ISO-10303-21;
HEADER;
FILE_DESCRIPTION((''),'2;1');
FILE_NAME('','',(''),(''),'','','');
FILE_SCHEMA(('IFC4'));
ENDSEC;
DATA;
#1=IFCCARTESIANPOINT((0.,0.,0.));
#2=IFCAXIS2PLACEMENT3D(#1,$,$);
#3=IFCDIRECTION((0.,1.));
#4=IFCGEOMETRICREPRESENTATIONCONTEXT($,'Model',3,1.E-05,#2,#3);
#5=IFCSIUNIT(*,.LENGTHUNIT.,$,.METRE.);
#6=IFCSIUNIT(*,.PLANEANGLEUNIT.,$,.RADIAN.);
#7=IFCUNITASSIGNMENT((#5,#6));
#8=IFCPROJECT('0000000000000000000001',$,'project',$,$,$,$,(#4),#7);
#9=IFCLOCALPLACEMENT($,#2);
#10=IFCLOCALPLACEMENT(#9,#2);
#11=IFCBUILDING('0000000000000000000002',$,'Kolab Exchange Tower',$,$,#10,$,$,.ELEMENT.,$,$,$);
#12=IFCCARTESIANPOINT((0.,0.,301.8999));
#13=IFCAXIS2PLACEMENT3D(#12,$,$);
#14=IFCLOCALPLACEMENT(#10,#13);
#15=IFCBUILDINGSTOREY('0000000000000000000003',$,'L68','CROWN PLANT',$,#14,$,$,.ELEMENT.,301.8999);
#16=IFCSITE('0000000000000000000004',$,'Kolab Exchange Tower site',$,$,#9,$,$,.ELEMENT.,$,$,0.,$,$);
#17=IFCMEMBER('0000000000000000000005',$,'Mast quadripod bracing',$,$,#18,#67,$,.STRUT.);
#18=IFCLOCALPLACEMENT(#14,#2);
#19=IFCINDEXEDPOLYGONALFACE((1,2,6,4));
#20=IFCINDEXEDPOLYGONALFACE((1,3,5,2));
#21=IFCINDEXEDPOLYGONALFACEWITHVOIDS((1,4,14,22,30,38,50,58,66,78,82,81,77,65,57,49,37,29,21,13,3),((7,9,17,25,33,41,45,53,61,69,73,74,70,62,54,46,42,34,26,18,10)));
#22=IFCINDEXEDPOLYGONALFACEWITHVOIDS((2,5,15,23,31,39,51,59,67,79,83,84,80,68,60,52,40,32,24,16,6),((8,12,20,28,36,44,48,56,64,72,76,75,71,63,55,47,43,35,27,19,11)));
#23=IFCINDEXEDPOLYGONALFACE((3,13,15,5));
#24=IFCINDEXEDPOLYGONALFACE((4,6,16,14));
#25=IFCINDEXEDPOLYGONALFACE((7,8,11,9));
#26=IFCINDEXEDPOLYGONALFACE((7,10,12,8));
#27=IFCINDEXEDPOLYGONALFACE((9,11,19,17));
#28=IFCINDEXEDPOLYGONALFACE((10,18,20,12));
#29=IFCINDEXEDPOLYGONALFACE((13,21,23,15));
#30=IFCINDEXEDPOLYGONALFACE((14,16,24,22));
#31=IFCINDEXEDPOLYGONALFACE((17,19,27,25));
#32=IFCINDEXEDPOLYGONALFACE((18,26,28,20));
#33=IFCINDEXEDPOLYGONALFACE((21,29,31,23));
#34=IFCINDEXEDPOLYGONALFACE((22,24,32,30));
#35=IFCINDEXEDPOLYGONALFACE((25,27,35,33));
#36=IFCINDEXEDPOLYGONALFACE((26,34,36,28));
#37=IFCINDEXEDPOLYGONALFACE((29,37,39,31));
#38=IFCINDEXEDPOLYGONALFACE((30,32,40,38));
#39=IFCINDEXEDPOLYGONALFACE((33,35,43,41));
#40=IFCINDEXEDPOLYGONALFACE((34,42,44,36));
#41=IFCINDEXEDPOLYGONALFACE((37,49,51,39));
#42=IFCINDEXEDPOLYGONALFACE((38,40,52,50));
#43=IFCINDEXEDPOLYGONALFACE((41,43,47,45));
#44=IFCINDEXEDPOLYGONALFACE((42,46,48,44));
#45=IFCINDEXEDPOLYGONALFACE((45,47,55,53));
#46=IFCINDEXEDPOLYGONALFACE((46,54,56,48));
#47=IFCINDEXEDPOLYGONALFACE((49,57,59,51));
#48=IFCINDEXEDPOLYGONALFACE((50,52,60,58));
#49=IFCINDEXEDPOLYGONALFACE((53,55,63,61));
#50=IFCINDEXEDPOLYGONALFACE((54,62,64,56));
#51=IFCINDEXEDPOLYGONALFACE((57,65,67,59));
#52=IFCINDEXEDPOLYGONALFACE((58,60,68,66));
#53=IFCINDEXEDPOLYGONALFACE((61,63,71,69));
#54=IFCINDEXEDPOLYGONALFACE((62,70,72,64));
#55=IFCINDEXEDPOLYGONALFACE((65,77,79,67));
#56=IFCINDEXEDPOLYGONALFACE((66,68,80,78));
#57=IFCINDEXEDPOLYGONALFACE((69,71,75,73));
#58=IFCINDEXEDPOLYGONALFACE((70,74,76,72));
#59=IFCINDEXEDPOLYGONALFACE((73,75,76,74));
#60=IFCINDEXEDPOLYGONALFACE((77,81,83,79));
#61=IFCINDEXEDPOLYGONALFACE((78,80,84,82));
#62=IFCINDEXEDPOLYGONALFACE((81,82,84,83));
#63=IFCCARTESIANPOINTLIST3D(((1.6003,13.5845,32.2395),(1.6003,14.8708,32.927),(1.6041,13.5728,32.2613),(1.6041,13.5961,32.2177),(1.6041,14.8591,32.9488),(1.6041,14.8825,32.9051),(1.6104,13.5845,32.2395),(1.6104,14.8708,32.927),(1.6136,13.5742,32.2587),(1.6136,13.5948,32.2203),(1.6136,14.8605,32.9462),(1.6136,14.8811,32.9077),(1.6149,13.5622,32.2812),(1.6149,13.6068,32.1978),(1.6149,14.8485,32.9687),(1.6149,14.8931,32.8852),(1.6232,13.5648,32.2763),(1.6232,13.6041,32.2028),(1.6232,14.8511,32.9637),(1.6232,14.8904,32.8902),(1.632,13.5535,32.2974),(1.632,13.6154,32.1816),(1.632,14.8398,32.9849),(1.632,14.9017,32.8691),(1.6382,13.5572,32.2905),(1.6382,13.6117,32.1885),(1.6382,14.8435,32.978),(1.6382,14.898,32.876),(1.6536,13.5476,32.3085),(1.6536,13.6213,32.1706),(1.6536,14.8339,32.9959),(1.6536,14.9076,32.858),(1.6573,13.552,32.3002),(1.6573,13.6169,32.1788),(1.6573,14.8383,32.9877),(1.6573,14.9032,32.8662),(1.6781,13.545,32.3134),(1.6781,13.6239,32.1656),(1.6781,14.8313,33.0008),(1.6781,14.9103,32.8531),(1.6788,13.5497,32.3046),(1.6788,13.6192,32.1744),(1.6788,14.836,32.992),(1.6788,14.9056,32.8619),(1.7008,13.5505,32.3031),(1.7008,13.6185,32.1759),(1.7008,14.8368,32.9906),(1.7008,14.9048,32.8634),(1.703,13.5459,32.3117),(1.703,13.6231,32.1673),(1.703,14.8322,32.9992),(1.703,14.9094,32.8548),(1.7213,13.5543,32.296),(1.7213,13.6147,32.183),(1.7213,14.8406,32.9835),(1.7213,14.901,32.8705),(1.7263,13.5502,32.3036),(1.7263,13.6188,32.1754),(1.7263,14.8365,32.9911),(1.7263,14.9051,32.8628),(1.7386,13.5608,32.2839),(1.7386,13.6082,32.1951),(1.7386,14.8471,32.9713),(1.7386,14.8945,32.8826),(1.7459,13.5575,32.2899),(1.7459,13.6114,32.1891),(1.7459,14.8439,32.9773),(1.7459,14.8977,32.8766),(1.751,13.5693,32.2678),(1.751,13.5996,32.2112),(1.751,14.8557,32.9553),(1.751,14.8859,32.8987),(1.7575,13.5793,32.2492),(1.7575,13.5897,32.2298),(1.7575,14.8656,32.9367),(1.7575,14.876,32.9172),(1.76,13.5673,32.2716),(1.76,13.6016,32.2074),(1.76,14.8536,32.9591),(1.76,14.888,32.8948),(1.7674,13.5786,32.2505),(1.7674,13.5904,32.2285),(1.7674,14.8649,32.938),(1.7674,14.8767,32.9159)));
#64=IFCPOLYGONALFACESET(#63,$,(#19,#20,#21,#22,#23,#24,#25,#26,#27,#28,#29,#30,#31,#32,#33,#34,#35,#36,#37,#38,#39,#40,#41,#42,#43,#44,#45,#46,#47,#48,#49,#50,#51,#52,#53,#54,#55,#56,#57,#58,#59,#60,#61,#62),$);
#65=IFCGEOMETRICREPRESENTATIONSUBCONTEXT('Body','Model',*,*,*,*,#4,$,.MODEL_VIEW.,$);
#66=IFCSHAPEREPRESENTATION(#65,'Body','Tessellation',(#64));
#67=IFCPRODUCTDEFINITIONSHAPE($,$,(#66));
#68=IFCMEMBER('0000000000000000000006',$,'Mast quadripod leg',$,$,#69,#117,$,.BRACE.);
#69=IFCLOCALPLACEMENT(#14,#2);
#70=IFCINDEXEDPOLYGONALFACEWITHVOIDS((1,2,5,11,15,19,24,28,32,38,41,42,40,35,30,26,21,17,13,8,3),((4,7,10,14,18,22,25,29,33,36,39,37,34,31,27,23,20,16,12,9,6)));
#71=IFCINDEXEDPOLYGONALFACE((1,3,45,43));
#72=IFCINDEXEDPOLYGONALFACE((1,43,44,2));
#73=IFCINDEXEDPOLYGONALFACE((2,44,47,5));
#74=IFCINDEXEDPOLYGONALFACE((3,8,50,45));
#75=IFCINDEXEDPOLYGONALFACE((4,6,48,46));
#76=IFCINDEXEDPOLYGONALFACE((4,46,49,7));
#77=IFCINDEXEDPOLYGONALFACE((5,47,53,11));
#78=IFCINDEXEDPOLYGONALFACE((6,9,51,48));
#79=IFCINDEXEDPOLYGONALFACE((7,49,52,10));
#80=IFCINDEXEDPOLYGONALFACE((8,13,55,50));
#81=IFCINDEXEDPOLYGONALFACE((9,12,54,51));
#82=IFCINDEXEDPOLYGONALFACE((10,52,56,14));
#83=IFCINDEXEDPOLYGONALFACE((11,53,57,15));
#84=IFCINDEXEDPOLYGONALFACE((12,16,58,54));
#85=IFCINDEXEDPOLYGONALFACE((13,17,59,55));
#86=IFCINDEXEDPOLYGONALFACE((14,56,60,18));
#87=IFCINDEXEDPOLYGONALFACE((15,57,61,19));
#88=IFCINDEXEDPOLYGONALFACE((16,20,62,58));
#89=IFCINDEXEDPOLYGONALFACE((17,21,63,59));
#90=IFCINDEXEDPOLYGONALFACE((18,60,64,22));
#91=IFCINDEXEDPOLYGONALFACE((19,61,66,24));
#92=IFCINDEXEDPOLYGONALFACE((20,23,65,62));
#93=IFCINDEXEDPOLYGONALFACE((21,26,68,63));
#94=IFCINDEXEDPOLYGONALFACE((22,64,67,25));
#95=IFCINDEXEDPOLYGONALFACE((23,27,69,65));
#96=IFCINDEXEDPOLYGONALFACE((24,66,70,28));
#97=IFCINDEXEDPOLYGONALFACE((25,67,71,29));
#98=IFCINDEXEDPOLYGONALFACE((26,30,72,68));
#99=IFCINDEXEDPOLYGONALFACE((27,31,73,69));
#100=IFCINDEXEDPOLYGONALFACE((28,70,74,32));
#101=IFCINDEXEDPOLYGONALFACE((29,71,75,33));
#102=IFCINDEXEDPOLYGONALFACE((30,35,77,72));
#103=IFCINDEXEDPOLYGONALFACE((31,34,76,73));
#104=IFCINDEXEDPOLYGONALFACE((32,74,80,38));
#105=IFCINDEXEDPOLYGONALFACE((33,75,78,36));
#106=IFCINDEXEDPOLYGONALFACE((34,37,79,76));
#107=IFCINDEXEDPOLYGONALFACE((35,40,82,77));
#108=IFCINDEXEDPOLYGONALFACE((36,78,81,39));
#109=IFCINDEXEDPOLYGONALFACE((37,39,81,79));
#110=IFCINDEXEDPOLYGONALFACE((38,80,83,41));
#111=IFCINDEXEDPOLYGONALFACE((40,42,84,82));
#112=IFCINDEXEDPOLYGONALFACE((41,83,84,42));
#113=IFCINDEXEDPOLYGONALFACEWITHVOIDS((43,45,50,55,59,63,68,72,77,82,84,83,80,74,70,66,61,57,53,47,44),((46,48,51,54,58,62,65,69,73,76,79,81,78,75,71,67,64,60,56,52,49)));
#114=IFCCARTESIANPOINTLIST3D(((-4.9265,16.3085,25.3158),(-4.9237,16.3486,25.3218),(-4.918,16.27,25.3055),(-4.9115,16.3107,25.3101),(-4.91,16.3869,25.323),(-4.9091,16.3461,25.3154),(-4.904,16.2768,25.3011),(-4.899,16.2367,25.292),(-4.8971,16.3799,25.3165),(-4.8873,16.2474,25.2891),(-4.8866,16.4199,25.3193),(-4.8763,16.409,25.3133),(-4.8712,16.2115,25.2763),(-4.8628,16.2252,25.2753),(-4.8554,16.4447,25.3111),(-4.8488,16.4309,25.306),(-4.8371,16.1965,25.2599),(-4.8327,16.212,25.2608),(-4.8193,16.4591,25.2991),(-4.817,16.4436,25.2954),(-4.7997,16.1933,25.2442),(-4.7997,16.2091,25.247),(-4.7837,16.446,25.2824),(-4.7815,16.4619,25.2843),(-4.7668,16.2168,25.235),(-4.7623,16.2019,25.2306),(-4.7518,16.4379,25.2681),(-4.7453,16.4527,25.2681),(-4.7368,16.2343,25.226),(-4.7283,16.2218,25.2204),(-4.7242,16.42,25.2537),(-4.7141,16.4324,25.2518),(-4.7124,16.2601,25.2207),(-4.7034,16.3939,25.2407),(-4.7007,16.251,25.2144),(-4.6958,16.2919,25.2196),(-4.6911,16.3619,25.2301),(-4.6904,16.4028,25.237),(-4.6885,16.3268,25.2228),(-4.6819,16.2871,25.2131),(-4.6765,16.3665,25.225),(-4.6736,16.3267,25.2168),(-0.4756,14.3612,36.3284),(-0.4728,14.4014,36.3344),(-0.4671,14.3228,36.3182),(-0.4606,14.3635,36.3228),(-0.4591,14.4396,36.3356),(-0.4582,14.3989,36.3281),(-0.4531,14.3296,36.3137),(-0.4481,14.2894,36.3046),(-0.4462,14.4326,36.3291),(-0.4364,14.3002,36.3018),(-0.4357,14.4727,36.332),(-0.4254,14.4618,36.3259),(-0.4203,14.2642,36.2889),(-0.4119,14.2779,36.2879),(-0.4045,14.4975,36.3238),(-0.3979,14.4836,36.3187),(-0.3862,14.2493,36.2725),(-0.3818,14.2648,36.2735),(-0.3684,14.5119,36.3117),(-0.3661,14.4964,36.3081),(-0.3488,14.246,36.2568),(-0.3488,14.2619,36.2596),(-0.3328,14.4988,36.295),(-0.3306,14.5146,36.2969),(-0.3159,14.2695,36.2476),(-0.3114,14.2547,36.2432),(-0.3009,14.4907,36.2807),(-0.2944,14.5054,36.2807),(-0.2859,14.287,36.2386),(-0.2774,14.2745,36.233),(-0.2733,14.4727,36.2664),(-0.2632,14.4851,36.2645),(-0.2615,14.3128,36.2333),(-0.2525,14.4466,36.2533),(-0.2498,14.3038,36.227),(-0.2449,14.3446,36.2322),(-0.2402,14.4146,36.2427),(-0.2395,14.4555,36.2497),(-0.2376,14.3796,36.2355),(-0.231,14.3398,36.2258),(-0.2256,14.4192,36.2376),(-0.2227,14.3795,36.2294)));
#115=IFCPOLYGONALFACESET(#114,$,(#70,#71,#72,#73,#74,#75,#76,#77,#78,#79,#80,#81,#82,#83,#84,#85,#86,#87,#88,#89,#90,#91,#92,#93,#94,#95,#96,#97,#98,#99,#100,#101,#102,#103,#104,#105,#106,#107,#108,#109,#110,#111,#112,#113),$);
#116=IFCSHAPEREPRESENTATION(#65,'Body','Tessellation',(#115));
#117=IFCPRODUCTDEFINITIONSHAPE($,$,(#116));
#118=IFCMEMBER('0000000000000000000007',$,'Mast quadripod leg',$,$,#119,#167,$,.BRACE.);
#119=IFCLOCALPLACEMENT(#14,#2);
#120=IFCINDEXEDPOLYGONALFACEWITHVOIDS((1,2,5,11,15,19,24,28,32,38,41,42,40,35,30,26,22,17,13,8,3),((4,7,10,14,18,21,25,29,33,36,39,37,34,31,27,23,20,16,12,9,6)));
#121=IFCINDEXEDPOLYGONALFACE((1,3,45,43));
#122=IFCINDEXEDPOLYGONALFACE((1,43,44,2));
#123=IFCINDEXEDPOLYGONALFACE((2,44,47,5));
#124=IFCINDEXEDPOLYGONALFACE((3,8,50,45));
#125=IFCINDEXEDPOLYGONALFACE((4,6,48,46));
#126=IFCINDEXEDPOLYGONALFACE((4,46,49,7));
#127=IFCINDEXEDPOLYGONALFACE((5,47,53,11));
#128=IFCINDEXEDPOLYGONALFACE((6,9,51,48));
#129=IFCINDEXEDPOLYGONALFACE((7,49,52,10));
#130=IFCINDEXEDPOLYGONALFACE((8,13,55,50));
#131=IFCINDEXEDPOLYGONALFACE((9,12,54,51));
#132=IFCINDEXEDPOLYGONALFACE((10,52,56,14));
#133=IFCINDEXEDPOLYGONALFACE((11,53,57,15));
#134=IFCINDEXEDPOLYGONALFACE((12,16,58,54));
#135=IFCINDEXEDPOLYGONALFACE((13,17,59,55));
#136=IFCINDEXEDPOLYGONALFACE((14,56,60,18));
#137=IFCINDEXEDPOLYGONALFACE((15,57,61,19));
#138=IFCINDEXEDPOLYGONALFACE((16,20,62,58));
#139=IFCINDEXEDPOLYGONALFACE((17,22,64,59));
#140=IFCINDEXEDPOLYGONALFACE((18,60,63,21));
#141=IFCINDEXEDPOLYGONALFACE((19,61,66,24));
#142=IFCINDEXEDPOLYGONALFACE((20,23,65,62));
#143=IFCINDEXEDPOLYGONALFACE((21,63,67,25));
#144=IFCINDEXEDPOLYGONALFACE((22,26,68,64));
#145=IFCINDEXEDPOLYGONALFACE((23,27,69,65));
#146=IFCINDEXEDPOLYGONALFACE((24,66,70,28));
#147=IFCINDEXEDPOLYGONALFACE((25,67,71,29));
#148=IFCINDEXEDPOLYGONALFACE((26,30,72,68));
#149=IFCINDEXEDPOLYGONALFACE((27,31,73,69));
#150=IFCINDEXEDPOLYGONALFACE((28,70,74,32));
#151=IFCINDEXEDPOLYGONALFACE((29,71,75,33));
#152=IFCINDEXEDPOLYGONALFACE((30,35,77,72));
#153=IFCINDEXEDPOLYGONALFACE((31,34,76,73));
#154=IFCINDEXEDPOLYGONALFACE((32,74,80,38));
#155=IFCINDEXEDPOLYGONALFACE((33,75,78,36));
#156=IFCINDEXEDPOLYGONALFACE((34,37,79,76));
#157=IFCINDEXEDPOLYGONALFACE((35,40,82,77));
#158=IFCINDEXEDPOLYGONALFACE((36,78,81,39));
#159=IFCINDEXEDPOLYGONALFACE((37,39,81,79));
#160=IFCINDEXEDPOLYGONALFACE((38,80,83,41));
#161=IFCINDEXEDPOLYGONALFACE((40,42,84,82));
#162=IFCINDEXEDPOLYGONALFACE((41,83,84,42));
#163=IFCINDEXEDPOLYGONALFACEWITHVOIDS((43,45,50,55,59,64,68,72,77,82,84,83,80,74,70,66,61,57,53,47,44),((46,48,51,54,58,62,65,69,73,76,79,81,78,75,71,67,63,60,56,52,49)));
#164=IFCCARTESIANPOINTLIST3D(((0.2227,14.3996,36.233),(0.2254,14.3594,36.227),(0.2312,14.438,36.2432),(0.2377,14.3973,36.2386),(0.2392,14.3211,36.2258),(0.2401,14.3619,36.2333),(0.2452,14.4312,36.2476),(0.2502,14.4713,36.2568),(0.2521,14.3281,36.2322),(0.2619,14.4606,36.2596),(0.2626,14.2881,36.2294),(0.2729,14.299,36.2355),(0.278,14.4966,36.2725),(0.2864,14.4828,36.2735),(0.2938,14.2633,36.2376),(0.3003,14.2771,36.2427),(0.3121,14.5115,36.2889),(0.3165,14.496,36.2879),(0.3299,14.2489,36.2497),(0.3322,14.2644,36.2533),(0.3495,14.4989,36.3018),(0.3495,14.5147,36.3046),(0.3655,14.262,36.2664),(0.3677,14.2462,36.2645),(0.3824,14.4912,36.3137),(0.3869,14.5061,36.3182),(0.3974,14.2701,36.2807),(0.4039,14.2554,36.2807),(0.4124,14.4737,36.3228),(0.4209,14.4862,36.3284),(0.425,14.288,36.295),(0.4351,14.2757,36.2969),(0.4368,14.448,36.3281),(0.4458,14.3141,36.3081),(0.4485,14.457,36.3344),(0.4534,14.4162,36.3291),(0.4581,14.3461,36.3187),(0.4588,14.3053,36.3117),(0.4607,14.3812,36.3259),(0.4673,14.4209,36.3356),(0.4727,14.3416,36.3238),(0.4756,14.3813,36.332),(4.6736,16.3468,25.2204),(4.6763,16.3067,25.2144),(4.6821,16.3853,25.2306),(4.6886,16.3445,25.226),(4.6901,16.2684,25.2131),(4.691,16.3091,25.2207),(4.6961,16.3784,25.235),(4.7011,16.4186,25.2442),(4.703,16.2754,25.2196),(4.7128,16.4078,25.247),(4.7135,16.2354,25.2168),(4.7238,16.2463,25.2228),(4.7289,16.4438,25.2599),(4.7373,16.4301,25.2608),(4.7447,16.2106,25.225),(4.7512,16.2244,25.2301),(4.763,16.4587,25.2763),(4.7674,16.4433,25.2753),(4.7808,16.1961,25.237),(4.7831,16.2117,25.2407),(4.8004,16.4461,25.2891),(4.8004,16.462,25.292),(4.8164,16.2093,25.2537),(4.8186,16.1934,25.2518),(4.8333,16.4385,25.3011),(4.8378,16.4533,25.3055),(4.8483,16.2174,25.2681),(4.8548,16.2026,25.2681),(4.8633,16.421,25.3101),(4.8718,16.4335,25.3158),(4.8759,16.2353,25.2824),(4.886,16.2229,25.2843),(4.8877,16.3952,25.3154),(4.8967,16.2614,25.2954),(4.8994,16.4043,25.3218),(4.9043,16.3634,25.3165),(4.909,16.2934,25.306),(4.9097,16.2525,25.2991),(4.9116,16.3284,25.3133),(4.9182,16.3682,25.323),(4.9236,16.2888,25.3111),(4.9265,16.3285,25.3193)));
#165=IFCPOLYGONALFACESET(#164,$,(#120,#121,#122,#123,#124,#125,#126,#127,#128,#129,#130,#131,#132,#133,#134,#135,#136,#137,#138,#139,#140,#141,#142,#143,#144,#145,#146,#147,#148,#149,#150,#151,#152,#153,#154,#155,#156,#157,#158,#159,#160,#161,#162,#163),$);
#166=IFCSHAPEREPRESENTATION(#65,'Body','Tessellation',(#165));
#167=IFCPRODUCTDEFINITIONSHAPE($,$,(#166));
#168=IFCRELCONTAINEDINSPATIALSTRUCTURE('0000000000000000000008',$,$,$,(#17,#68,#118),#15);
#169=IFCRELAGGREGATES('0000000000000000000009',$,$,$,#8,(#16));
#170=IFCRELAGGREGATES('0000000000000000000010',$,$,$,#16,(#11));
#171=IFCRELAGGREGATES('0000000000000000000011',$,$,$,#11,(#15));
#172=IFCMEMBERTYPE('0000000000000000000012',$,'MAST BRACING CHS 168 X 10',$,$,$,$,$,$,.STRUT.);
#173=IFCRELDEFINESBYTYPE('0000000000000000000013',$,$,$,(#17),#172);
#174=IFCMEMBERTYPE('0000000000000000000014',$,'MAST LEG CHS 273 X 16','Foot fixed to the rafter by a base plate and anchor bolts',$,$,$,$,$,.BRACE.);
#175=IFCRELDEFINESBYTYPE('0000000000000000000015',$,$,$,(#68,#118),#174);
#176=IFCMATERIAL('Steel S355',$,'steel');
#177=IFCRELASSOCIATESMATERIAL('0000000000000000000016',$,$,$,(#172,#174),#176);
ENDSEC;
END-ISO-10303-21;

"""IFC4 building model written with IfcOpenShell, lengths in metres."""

from ifc_helpers import new_model, si_unit, direction, frame, origin, origin_2d, place, context, subcontext, project, spatial, hollow_circle, extrude, material, material_profile, profile_set, type_object, element, save


model = new_model("IFC4")

# Units and contexts
model_context = context("Model", 3, precision=1e-05, world=origin(), true_north=direction((0.0, 1.0)))
body_context = subcontext(model_context, "Body", "Model", "MODEL_VIEW")
ifc_project = project(units=[si_unit("LENGTHUNIT", "METRE"), si_unit("PLANEANGLEUNIT", "RADIAN")], contexts=[model_context])

# Site, building, storey
site_placement = place(None, origin())
site = spatial("IfcSite", under=ifc_project, at=site_placement, Name="Kolab Exchange Tower site", CompositionType="ELEMENT", RefElevation=0.0)
building_placement = place(site_placement, origin())
building = spatial("IfcBuilding", under=site, at=building_placement, Name="Kolab Exchange Tower", CompositionType="ELEMENT")
storey_placement = place(building_placement, frame((0.0, 0.0, 301.8999)))
storey = spatial("IfcBuildingStorey", under=building, at=storey_placement, Name="L68", Description="CROWN PLANT", CompositionType="ELEMENT", Elevation=301.8999)

# Shared definitions
ifc_material_1 = material(Name="Steel S355", Category="steel")

# Members
ifc_material_profile_1 = material_profile(ifc_material_1, hollow_circle(Radius=0.084, WallThickness=0.01, at=origin_2d()), Name="CHS 168X10")
ifc_profile_set_1 = profile_set([ifc_material_profile_1], Name="Steel S355")
member_type_1 = type_object("IfcMemberType", Name="MAST BRACING CHS 168 X 10", PredefinedType="STRUT", material=ifc_profile_set_1)
for number, where, z_axis, x_axis, name in (
    (1, (1.6843, 13.5845, 32.2395), (0.0, 0.881945, 0.471353), (-1.0, 0.0, 0.0), "Mast quadripod bracing"),
):
    element("IfcMember", number, at=place(storey_placement, frame(where, z_axis=z_axis, x_axis=x_axis)), inside=storey, type_object=member_type_1, Name=name, PredefinedType="STRUT", context=body_context, shape_type="SweptSolid", body=[
        extrude(hollow_circle(Radius=0.084, WallThickness=0.01, at=origin_2d()), origin(), (0.0, 0.0, 1.0), 1.4585),
    ])
ifc_material_profile_2 = material_profile(ifc_material_1, hollow_circle(Radius=0.1365, WallThickness=0.0161, at=origin_2d()), Name="CHS 273X16")
ifc_profile_set_2 = profile_set([ifc_material_profile_2], Name="Steel S355")
member_type_2 = type_object("IfcMemberType", Name="MAST LEG CHS 273 X 16", Description="Foot fixed to the rafter by a base plate and anchor bolts", PredefinedType="BRACE", material=ifc_profile_set_2)
for number, where, z_axis, x_axis, name in (
    (2, (-4.8, 16.3276, 25.2681), (0.36978, -0.161777, 0.914927), (0.400816, 0.916158, 0.0), "Mast quadripod leg"),
    (3, (4.8, 16.3276, 25.2681), (-0.36978, -0.161777, 0.914927), (0.400816, -0.916158, 0.0), "Mast quadripod leg"),
):
    element("IfcMember", number, at=place(storey_placement, frame(where, z_axis=z_axis, x_axis=x_axis)), inside=storey, type_object=member_type_2, Name=name, PredefinedType="BRACE", context=body_context, shape_type="SweptSolid", body=[
        extrude(hollow_circle(Radius=0.1365, WallThickness=0.0161, at=origin_2d()), origin(), (0.0, 0.0, 1.0), 12.0366),
    ])

save(model, "model.ifc")
